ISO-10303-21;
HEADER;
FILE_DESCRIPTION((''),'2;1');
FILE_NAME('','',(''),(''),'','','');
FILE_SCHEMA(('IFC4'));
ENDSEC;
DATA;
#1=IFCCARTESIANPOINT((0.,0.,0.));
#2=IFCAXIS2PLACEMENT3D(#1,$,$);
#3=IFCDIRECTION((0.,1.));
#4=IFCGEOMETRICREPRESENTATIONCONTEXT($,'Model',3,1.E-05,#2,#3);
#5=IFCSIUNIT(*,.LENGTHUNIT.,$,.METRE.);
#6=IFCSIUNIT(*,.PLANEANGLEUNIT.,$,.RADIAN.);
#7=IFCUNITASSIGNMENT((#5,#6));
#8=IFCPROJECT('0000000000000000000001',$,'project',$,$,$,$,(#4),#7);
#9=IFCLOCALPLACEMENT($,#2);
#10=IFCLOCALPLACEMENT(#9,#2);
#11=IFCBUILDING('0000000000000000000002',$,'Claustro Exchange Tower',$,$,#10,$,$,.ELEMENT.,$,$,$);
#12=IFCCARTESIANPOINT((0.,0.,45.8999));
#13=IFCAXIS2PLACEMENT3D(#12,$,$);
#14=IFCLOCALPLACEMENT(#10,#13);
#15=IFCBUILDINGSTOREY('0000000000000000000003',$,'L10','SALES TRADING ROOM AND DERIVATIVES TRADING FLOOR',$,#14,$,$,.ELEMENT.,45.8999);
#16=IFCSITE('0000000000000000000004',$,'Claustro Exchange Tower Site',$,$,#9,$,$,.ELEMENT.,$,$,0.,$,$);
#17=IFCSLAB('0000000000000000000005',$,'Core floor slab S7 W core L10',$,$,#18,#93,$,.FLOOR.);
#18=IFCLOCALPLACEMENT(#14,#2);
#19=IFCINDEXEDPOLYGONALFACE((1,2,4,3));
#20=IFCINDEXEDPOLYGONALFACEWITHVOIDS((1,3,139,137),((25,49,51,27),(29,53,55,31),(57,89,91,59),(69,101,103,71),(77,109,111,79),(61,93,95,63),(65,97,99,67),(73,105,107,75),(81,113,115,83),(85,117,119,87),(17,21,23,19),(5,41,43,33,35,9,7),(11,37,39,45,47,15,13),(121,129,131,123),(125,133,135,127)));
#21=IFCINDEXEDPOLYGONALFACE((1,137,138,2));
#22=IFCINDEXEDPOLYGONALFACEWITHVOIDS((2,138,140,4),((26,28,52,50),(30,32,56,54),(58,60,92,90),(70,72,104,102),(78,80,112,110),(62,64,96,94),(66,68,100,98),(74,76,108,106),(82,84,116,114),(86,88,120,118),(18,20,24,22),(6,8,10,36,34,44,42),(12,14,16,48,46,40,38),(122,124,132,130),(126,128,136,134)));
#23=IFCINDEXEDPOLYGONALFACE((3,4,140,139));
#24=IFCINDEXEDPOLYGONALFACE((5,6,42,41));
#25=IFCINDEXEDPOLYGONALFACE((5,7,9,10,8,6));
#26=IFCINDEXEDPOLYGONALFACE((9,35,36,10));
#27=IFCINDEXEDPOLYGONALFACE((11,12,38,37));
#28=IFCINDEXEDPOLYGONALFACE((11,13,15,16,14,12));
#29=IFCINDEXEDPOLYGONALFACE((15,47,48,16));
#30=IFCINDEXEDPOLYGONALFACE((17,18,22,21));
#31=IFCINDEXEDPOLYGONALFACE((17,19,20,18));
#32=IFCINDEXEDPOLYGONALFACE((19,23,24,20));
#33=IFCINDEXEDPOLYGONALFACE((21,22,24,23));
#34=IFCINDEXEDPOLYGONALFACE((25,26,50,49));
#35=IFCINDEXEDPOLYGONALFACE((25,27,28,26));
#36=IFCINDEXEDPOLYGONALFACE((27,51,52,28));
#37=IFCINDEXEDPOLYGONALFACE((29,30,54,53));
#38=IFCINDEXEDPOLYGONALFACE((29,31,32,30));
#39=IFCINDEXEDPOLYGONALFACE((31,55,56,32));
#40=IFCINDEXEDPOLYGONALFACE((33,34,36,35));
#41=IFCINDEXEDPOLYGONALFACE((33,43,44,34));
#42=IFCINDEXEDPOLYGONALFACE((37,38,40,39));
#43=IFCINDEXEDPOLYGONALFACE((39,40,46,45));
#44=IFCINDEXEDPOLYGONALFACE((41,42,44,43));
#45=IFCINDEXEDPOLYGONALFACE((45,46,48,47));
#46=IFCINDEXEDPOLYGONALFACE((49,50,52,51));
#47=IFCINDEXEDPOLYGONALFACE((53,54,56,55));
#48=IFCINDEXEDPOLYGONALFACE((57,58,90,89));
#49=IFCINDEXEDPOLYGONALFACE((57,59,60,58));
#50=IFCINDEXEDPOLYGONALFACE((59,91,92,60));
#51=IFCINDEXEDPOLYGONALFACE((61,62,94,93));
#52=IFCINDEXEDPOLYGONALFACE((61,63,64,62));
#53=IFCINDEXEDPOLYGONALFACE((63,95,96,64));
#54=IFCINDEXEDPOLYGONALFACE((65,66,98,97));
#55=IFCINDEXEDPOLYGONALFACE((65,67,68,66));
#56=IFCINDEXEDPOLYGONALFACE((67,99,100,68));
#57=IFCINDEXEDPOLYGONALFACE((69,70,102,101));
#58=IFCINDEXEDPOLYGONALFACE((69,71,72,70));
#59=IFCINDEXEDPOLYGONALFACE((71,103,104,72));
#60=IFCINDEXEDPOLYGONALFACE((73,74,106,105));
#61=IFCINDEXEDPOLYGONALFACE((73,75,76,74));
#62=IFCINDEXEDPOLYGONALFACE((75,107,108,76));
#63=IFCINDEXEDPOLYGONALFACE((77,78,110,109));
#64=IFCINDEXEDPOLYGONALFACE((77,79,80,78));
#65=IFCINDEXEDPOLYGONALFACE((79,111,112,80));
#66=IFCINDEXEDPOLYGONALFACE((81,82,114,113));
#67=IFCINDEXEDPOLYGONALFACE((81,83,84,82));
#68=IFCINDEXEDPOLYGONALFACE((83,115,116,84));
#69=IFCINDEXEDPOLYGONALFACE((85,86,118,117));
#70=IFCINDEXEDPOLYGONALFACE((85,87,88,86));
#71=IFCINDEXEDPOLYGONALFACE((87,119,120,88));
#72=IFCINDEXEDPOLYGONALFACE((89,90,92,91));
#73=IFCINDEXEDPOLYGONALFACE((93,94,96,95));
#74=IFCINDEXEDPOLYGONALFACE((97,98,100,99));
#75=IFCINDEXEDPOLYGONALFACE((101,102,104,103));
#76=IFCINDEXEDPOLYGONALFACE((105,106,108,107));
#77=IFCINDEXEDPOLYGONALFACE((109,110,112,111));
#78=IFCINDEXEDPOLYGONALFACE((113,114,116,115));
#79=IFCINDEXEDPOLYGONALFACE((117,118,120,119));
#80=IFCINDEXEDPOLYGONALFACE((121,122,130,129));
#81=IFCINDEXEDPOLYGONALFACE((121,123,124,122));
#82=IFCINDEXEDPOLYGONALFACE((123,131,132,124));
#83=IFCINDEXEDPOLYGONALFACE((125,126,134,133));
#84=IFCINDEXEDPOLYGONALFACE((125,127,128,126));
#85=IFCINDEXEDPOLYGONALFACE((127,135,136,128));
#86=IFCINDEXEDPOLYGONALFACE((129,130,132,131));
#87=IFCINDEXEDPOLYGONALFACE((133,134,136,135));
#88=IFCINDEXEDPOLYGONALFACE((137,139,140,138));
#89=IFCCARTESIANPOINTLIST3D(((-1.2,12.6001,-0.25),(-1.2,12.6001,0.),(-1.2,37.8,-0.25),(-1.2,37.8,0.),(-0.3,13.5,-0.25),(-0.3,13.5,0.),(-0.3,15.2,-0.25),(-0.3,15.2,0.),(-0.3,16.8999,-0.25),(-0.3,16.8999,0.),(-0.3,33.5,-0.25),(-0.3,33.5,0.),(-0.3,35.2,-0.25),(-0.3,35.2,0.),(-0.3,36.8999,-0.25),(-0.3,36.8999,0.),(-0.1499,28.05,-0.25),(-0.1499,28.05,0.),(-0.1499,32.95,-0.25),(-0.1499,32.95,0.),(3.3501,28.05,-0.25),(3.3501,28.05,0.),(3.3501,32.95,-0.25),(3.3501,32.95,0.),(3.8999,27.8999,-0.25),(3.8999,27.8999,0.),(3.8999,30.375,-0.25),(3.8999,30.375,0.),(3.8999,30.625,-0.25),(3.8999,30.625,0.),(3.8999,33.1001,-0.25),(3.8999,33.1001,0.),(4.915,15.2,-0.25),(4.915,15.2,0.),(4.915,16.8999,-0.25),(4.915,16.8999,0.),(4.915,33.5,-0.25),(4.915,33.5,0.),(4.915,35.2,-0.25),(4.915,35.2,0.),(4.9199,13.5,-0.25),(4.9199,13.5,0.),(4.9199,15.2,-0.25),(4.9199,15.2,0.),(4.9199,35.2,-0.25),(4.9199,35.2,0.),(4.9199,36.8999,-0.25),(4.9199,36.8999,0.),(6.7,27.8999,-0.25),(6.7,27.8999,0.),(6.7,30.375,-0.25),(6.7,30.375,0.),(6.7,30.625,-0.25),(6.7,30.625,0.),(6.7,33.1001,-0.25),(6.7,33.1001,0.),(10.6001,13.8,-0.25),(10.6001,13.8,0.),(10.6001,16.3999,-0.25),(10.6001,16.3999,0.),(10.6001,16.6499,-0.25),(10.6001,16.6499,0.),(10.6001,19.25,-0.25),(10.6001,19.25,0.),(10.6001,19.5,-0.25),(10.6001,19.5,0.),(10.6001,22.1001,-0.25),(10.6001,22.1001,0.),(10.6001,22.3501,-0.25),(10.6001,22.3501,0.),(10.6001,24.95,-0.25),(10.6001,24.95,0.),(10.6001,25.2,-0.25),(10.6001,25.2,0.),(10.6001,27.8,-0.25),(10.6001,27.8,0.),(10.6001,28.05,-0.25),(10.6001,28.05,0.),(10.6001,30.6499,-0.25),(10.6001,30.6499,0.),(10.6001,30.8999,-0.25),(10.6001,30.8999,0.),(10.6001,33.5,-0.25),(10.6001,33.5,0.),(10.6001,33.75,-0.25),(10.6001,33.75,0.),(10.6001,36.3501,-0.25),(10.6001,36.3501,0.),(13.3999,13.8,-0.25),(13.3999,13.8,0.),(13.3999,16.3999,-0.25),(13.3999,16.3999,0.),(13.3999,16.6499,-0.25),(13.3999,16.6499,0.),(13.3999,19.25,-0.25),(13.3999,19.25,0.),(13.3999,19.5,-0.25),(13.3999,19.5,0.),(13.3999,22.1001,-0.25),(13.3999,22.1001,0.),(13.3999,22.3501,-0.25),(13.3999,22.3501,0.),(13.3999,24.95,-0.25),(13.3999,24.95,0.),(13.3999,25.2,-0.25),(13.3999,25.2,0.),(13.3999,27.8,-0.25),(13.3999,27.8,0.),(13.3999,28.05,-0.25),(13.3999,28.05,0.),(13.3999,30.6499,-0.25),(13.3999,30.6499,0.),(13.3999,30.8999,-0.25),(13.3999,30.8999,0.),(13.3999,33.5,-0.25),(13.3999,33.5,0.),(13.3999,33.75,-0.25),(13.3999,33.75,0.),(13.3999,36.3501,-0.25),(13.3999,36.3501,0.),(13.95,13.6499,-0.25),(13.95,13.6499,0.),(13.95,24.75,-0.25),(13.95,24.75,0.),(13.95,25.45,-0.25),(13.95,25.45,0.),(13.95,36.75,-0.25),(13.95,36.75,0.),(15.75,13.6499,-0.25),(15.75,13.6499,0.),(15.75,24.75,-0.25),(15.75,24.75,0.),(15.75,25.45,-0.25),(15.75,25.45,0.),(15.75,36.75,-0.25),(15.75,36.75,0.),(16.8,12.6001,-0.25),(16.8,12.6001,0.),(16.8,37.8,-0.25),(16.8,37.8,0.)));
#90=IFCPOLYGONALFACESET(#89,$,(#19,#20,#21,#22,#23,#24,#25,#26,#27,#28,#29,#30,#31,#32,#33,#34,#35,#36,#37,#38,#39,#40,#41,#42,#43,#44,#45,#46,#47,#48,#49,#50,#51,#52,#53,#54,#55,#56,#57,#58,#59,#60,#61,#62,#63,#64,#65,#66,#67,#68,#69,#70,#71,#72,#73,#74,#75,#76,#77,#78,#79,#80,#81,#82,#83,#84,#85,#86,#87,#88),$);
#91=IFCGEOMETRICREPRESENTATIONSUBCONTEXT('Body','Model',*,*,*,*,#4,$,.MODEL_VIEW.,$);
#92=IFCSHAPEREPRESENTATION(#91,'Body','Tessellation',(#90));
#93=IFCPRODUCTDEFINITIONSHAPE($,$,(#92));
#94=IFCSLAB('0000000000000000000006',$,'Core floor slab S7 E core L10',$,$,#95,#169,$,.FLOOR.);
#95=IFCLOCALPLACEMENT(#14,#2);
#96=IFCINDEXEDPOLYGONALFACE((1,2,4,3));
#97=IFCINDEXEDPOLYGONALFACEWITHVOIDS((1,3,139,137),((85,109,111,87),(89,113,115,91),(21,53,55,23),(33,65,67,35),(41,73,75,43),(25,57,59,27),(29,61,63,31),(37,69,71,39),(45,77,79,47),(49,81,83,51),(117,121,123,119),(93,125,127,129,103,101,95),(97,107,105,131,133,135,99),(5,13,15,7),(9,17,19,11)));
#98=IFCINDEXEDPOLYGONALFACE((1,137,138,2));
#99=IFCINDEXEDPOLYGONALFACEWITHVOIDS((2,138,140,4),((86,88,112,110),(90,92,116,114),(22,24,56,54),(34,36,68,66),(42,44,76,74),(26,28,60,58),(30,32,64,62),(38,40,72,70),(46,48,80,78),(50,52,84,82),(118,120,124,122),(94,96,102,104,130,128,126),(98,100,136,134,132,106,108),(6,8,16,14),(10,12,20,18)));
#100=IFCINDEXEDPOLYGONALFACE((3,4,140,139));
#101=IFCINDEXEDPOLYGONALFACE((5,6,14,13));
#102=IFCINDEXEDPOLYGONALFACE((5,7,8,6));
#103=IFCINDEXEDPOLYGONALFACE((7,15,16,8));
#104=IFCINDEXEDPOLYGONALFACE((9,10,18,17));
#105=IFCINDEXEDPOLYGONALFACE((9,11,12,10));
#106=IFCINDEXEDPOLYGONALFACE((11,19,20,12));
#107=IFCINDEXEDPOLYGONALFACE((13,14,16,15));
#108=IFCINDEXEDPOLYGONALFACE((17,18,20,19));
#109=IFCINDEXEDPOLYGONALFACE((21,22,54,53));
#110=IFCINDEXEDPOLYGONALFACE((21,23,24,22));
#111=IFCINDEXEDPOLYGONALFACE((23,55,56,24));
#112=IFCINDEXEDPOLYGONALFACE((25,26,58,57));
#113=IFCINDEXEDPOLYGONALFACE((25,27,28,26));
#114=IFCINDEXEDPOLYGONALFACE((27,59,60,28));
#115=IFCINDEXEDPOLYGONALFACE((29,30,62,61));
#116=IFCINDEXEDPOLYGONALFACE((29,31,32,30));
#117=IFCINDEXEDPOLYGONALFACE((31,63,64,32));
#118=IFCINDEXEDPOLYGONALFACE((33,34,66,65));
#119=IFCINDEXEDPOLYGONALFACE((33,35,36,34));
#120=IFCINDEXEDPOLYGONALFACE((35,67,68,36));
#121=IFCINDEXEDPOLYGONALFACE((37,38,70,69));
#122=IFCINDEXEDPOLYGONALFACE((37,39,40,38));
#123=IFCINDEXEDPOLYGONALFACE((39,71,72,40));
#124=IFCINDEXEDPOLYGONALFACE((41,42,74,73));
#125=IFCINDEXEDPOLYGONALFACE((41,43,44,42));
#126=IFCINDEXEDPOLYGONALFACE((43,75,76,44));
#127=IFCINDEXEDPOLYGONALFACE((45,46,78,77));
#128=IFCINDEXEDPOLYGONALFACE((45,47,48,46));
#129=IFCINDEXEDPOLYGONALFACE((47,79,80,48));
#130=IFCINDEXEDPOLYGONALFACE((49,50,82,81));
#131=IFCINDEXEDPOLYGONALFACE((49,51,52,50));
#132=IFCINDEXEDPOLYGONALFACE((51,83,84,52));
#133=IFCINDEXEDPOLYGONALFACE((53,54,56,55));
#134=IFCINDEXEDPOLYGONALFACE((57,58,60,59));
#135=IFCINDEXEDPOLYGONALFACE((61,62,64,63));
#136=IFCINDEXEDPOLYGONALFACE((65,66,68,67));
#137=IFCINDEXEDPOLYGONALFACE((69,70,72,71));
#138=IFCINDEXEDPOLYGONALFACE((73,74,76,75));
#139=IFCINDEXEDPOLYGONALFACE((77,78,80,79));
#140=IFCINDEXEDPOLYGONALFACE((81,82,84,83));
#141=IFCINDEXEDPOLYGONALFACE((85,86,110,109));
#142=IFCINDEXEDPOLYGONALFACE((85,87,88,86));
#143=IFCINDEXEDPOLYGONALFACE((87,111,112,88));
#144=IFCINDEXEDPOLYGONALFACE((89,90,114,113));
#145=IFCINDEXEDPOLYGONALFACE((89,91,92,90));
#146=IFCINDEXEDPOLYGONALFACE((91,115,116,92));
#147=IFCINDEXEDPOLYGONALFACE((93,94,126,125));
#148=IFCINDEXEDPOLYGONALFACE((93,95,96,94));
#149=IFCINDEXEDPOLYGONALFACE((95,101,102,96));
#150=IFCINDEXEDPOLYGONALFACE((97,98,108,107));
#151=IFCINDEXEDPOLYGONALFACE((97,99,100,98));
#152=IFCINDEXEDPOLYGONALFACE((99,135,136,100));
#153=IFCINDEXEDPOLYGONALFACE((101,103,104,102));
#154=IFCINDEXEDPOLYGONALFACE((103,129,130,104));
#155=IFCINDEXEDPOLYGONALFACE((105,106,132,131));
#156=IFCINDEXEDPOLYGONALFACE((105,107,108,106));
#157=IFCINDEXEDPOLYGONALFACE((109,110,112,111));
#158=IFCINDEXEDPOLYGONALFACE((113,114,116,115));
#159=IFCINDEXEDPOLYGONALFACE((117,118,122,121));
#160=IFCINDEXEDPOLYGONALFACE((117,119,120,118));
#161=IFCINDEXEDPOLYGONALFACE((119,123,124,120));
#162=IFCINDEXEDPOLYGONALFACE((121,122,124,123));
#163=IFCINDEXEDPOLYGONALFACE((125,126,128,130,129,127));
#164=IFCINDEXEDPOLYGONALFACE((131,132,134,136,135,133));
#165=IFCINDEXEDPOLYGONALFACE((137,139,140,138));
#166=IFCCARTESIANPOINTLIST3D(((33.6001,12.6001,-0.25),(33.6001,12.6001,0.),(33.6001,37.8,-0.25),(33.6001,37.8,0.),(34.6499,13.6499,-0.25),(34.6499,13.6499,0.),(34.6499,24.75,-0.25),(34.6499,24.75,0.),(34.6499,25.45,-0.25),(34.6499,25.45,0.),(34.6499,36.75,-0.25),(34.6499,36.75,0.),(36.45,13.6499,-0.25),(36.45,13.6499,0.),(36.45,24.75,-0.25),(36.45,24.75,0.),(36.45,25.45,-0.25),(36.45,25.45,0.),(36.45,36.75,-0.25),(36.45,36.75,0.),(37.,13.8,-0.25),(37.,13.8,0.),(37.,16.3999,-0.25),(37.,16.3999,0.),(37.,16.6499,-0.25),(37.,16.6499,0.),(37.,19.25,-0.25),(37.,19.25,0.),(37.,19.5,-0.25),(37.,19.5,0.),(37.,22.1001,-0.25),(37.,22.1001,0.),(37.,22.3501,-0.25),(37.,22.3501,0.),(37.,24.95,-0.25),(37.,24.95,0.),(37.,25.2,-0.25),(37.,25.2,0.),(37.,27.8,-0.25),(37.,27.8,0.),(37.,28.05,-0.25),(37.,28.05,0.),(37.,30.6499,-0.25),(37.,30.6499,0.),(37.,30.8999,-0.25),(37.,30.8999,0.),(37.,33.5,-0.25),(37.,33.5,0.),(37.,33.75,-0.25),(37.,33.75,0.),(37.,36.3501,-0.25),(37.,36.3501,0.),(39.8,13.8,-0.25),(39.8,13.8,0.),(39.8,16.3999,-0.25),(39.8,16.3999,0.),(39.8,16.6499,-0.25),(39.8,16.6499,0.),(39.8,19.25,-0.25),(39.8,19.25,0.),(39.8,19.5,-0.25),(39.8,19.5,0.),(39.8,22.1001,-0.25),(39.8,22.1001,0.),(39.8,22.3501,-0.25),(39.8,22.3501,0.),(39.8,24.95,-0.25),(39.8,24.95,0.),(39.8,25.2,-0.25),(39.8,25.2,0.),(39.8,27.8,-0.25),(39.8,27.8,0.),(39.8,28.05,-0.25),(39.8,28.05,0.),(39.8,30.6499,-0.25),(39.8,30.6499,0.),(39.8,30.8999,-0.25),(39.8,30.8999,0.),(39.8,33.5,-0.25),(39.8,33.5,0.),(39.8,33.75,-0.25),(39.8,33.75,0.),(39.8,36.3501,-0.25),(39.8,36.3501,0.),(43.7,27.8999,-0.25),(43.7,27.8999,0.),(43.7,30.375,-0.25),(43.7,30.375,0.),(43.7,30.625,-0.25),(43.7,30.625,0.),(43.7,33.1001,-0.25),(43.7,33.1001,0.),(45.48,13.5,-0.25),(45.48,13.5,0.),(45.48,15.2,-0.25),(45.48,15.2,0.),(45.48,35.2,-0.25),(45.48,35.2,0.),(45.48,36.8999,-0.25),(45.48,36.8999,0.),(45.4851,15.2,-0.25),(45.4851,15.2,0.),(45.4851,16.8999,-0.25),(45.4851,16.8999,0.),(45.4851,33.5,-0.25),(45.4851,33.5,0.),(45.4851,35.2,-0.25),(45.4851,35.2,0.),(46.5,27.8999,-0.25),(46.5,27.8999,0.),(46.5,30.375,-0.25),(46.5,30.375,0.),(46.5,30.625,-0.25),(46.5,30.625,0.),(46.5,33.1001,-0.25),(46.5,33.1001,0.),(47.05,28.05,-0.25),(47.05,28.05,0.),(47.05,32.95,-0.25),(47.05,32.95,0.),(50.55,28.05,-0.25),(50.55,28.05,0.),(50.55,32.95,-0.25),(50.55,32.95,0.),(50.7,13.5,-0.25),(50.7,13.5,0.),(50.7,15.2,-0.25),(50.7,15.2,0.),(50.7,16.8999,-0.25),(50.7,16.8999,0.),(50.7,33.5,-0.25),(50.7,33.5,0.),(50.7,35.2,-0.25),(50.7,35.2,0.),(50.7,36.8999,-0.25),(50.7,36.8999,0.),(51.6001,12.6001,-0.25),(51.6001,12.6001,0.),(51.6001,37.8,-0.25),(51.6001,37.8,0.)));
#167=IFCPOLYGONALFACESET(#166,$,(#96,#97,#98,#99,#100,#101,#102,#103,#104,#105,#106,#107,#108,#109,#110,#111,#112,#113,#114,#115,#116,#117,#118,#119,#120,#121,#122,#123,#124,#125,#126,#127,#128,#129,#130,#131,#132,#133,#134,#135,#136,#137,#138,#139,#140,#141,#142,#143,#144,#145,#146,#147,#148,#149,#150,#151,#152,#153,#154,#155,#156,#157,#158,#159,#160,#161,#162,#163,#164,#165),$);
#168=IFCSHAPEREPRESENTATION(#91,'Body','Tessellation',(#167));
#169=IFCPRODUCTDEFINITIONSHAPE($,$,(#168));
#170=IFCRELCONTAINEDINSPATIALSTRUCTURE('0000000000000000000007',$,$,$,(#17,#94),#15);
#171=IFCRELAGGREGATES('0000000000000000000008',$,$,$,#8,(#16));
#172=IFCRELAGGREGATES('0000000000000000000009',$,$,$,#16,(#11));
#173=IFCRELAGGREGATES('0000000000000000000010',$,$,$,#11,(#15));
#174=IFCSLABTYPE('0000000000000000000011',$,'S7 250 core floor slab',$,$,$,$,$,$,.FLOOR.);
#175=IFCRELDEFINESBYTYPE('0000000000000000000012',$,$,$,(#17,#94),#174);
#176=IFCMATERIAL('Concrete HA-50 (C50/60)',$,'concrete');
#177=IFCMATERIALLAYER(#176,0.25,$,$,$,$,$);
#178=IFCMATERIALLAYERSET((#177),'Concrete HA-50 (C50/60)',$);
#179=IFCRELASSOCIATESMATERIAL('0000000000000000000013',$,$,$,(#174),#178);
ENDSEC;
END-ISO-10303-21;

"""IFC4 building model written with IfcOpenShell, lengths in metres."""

from ifc_helpers import new_model, si_unit, direction, frame, origin, place, context, subcontext, project, spatial, polyline, outline, extrude, material, layer, layer_set, type_object, element, save


model = new_model("IFC4")

# Units and contexts
model_context = context("Model", 3, precision=1e-05, world=origin(), true_north=direction((0.0, 1.0)))
body_context = subcontext(model_context, "Body", "Model", "MODEL_VIEW")
ifc_project = project(units=[si_unit("LENGTHUNIT", "METRE"), si_unit("PLANEANGLEUNIT", "RADIAN")], contexts=[model_context])

# Site, building, storey
site_placement = place(None, origin())
site = spatial("IfcSite", under=ifc_project, at=site_placement, Name="Claustro Exchange Tower Site", CompositionType="ELEMENT", RefElevation=0.0)
building_placement = place(site_placement, origin())
building = spatial("IfcBuilding", under=site, at=building_placement, Name="Claustro Exchange Tower", CompositionType="ELEMENT")
storey_placement = place(building_placement, frame((0.0, 0.0, 45.8999)))
storey = spatial("IfcBuildingStorey", under=building, at=storey_placement, Name="L10", Description="SALES TRADING ROOM AND DERIVATIVES TRADING FLOOR", CompositionType="ELEMENT", Elevation=45.8999)

# Slabs
ifc_material_1 = material(Name="Concrete HA-50 (C50/60)", Category="concrete")
ifc_layer_1 = layer(ifc_material_1, 0.25)
ifc_layer_set_1 = layer_set([ifc_layer_1], Name="Concrete HA-50 (C50/60)")
slab_type_1 = type_object("IfcSlabType", Name="S7 250 core floor slab", PredefinedType="FLOOR", material=ifc_layer_set_1)
slab_1_placement = place(storey_placement, frame((0.0, 0.0, -0.25)))
element("IfcSlab", 1, at=slab_1_placement, inside=storey, type_object=slab_type_1, Name="Core floor slab S7 W core L10", PredefinedType="FLOOR", context=body_context, shape_type="SweptSolid", body=[
    extrude(outline(polyline([(-1.2, 12.6001), (16.8, 12.6001), (16.8, 37.8), (-1.2, 37.8), (-1.2, 12.6001)]), holes=[polyline([(15.75, 24.75), (15.75, 13.6499), (13.95, 13.6499), (13.95, 24.75), (15.75, 24.75)]), polyline([(15.75, 36.75), (15.75, 25.45), (13.95, 25.45), (13.95, 36.75), (15.75, 36.75)]), polyline([(10.6001, 16.3999), (13.3999, 16.3999), (13.3999, 13.8), (10.6001, 13.8), (10.6001, 16.3999)]), polyline([(13.3999, 19.25), (13.3999, 16.6499), (10.6001, 16.6499), (10.6001, 19.25), (13.3999, 19.25)]), polyline([(13.3999, 22.1001), (13.3999, 19.5), (10.6001, 19.5), (10.6001, 22.1001), (13.3999, 22.1001)]), polyline([(13.3999, 24.95), (13.3999, 22.3501), (10.6001, 22.3501), (10.6001, 24.95), (13.3999, 24.95)]), polyline([(13.3999, 27.8), (13.3999, 25.2), (10.6001, 25.2), (10.6001, 27.8), (13.3999, 27.8)]), polyline([(13.3999, 30.6499), (13.3999, 28.05), (10.6001, 28.05), (10.6001, 30.6499), (13.3999, 30.6499)]), polyline([(13.3999, 33.5), (13.3999, 30.8999), (10.6001, 30.8999), (10.6001, 33.5), (13.3999, 33.5)]), polyline([(13.3999, 36.3501), (13.3999, 33.75), (10.6001, 33.75), (10.6001, 36.3501), (13.3999, 36.3501)]), polyline([(6.7, 30.375), (6.7, 27.8999), (3.8999, 27.8999), (3.8999, 30.375), (6.7, 30.375)]), polyline([(6.7, 33.1001), (6.7, 30.625), (3.8999, 30.625), (3.8999, 33.1001), (6.7, 33.1001)]), polyline([(-0.3, 15.2), (-0.3, 16.8999), (4.915, 16.8999), (4.915, 15.2), (4.9199, 15.2), (4.9199, 13.5), (-0.3, 13.5), (-0.3, 15.2)]), polyline([(-0.3, 36.8999), (4.9199, 36.8999), (4.9199, 35.2), (4.915, 35.2), (4.915, 33.5), (-0.3, 33.5), (-0.3, 35.2), (-0.3, 36.8999)]), polyline([(3.3501, 32.95), (3.3501, 28.05), (-0.1499, 28.05), (-0.1499, 32.95), (3.3501, 32.95)])]), origin(), (0.0, 0.0, 1.0), 0.25),
])
slab_2_placement = place(storey_placement, frame((0.0, 0.0, -0.25)))
element("IfcSlab", 2, at=slab_2_placement, inside=storey, type_object=slab_type_1, Name="Core floor slab S7 E core L10", PredefinedType="FLOOR", context=body_context, shape_type="SweptSolid", body=[
    extrude(outline(polyline([(33.6001, 12.6001), (51.6001, 12.6001), (51.6001, 37.8), (33.6001, 37.8), (33.6001, 12.6001)]), holes=[polyline([(45.48, 35.2), (45.48, 36.8999), (50.7, 36.8999), (50.7, 35.2), (50.7, 33.5), (45.4851, 33.5), (45.4851, 35.2), (45.48, 35.2)]), polyline([(45.4851, 15.2), (45.4851, 16.8999), (50.7, 16.8999), (50.7, 15.2), (50.7, 13.5), (45.48, 13.5), (45.48, 15.2), (45.4851, 15.2)]), polyline([(50.55, 32.95), (50.55, 28.05), (47.05, 28.05), (47.05, 32.95), (50.55, 32.95)]), polyline([(46.5, 30.375), (46.5, 27.8999), (43.7, 27.8999), (43.7, 30.375), (46.5, 30.375)]), polyline([(46.5, 33.1001), (46.5, 30.625), (43.7, 30.625), (43.7, 33.1001), (46.5, 33.1001)]), polyline([(37.0, 16.3999), (39.8, 16.3999), (39.8, 13.8), (37.0, 13.8), (37.0, 16.3999)]), polyline([(39.8, 19.25), (39.8, 16.6499), (37.0, 16.6499), (37.0, 19.25), (39.8, 19.25)]), polyline([(39.8, 22.1001), (39.8, 19.5), (37.0, 19.5), (37.0, 22.1001), (39.8, 22.1001)]), polyline([(39.8, 24.95), (39.8, 22.3501), (37.0, 22.3501), (37.0, 24.95), (39.8, 24.95)]), polyline([(39.8, 27.8), (39.8, 25.2), (37.0, 25.2), (37.0, 27.8), (39.8, 27.8)]), polyline([(39.8, 30.6499), (39.8, 28.05), (37.0, 28.05), (37.0, 30.6499), (39.8, 30.6499)]), polyline([(39.8, 33.5), (39.8, 30.8999), (37.0, 30.8999), (37.0, 33.5), (39.8, 33.5)]), polyline([(39.8, 36.3501), (39.8, 33.75), (37.0, 33.75), (37.0, 36.3501), (39.8, 36.3501)]), polyline([(36.45, 24.75), (36.45, 13.6499), (34.6499, 13.6499), (34.6499, 24.75), (36.45, 24.75)]), polyline([(36.45, 36.75), (36.45, 25.45), (34.6499, 25.45), (34.6499, 36.75), (36.45, 36.75)])]), origin(), (0.0, 0.0, 1.0), 0.25),
])

save(model, "model.ifc")
